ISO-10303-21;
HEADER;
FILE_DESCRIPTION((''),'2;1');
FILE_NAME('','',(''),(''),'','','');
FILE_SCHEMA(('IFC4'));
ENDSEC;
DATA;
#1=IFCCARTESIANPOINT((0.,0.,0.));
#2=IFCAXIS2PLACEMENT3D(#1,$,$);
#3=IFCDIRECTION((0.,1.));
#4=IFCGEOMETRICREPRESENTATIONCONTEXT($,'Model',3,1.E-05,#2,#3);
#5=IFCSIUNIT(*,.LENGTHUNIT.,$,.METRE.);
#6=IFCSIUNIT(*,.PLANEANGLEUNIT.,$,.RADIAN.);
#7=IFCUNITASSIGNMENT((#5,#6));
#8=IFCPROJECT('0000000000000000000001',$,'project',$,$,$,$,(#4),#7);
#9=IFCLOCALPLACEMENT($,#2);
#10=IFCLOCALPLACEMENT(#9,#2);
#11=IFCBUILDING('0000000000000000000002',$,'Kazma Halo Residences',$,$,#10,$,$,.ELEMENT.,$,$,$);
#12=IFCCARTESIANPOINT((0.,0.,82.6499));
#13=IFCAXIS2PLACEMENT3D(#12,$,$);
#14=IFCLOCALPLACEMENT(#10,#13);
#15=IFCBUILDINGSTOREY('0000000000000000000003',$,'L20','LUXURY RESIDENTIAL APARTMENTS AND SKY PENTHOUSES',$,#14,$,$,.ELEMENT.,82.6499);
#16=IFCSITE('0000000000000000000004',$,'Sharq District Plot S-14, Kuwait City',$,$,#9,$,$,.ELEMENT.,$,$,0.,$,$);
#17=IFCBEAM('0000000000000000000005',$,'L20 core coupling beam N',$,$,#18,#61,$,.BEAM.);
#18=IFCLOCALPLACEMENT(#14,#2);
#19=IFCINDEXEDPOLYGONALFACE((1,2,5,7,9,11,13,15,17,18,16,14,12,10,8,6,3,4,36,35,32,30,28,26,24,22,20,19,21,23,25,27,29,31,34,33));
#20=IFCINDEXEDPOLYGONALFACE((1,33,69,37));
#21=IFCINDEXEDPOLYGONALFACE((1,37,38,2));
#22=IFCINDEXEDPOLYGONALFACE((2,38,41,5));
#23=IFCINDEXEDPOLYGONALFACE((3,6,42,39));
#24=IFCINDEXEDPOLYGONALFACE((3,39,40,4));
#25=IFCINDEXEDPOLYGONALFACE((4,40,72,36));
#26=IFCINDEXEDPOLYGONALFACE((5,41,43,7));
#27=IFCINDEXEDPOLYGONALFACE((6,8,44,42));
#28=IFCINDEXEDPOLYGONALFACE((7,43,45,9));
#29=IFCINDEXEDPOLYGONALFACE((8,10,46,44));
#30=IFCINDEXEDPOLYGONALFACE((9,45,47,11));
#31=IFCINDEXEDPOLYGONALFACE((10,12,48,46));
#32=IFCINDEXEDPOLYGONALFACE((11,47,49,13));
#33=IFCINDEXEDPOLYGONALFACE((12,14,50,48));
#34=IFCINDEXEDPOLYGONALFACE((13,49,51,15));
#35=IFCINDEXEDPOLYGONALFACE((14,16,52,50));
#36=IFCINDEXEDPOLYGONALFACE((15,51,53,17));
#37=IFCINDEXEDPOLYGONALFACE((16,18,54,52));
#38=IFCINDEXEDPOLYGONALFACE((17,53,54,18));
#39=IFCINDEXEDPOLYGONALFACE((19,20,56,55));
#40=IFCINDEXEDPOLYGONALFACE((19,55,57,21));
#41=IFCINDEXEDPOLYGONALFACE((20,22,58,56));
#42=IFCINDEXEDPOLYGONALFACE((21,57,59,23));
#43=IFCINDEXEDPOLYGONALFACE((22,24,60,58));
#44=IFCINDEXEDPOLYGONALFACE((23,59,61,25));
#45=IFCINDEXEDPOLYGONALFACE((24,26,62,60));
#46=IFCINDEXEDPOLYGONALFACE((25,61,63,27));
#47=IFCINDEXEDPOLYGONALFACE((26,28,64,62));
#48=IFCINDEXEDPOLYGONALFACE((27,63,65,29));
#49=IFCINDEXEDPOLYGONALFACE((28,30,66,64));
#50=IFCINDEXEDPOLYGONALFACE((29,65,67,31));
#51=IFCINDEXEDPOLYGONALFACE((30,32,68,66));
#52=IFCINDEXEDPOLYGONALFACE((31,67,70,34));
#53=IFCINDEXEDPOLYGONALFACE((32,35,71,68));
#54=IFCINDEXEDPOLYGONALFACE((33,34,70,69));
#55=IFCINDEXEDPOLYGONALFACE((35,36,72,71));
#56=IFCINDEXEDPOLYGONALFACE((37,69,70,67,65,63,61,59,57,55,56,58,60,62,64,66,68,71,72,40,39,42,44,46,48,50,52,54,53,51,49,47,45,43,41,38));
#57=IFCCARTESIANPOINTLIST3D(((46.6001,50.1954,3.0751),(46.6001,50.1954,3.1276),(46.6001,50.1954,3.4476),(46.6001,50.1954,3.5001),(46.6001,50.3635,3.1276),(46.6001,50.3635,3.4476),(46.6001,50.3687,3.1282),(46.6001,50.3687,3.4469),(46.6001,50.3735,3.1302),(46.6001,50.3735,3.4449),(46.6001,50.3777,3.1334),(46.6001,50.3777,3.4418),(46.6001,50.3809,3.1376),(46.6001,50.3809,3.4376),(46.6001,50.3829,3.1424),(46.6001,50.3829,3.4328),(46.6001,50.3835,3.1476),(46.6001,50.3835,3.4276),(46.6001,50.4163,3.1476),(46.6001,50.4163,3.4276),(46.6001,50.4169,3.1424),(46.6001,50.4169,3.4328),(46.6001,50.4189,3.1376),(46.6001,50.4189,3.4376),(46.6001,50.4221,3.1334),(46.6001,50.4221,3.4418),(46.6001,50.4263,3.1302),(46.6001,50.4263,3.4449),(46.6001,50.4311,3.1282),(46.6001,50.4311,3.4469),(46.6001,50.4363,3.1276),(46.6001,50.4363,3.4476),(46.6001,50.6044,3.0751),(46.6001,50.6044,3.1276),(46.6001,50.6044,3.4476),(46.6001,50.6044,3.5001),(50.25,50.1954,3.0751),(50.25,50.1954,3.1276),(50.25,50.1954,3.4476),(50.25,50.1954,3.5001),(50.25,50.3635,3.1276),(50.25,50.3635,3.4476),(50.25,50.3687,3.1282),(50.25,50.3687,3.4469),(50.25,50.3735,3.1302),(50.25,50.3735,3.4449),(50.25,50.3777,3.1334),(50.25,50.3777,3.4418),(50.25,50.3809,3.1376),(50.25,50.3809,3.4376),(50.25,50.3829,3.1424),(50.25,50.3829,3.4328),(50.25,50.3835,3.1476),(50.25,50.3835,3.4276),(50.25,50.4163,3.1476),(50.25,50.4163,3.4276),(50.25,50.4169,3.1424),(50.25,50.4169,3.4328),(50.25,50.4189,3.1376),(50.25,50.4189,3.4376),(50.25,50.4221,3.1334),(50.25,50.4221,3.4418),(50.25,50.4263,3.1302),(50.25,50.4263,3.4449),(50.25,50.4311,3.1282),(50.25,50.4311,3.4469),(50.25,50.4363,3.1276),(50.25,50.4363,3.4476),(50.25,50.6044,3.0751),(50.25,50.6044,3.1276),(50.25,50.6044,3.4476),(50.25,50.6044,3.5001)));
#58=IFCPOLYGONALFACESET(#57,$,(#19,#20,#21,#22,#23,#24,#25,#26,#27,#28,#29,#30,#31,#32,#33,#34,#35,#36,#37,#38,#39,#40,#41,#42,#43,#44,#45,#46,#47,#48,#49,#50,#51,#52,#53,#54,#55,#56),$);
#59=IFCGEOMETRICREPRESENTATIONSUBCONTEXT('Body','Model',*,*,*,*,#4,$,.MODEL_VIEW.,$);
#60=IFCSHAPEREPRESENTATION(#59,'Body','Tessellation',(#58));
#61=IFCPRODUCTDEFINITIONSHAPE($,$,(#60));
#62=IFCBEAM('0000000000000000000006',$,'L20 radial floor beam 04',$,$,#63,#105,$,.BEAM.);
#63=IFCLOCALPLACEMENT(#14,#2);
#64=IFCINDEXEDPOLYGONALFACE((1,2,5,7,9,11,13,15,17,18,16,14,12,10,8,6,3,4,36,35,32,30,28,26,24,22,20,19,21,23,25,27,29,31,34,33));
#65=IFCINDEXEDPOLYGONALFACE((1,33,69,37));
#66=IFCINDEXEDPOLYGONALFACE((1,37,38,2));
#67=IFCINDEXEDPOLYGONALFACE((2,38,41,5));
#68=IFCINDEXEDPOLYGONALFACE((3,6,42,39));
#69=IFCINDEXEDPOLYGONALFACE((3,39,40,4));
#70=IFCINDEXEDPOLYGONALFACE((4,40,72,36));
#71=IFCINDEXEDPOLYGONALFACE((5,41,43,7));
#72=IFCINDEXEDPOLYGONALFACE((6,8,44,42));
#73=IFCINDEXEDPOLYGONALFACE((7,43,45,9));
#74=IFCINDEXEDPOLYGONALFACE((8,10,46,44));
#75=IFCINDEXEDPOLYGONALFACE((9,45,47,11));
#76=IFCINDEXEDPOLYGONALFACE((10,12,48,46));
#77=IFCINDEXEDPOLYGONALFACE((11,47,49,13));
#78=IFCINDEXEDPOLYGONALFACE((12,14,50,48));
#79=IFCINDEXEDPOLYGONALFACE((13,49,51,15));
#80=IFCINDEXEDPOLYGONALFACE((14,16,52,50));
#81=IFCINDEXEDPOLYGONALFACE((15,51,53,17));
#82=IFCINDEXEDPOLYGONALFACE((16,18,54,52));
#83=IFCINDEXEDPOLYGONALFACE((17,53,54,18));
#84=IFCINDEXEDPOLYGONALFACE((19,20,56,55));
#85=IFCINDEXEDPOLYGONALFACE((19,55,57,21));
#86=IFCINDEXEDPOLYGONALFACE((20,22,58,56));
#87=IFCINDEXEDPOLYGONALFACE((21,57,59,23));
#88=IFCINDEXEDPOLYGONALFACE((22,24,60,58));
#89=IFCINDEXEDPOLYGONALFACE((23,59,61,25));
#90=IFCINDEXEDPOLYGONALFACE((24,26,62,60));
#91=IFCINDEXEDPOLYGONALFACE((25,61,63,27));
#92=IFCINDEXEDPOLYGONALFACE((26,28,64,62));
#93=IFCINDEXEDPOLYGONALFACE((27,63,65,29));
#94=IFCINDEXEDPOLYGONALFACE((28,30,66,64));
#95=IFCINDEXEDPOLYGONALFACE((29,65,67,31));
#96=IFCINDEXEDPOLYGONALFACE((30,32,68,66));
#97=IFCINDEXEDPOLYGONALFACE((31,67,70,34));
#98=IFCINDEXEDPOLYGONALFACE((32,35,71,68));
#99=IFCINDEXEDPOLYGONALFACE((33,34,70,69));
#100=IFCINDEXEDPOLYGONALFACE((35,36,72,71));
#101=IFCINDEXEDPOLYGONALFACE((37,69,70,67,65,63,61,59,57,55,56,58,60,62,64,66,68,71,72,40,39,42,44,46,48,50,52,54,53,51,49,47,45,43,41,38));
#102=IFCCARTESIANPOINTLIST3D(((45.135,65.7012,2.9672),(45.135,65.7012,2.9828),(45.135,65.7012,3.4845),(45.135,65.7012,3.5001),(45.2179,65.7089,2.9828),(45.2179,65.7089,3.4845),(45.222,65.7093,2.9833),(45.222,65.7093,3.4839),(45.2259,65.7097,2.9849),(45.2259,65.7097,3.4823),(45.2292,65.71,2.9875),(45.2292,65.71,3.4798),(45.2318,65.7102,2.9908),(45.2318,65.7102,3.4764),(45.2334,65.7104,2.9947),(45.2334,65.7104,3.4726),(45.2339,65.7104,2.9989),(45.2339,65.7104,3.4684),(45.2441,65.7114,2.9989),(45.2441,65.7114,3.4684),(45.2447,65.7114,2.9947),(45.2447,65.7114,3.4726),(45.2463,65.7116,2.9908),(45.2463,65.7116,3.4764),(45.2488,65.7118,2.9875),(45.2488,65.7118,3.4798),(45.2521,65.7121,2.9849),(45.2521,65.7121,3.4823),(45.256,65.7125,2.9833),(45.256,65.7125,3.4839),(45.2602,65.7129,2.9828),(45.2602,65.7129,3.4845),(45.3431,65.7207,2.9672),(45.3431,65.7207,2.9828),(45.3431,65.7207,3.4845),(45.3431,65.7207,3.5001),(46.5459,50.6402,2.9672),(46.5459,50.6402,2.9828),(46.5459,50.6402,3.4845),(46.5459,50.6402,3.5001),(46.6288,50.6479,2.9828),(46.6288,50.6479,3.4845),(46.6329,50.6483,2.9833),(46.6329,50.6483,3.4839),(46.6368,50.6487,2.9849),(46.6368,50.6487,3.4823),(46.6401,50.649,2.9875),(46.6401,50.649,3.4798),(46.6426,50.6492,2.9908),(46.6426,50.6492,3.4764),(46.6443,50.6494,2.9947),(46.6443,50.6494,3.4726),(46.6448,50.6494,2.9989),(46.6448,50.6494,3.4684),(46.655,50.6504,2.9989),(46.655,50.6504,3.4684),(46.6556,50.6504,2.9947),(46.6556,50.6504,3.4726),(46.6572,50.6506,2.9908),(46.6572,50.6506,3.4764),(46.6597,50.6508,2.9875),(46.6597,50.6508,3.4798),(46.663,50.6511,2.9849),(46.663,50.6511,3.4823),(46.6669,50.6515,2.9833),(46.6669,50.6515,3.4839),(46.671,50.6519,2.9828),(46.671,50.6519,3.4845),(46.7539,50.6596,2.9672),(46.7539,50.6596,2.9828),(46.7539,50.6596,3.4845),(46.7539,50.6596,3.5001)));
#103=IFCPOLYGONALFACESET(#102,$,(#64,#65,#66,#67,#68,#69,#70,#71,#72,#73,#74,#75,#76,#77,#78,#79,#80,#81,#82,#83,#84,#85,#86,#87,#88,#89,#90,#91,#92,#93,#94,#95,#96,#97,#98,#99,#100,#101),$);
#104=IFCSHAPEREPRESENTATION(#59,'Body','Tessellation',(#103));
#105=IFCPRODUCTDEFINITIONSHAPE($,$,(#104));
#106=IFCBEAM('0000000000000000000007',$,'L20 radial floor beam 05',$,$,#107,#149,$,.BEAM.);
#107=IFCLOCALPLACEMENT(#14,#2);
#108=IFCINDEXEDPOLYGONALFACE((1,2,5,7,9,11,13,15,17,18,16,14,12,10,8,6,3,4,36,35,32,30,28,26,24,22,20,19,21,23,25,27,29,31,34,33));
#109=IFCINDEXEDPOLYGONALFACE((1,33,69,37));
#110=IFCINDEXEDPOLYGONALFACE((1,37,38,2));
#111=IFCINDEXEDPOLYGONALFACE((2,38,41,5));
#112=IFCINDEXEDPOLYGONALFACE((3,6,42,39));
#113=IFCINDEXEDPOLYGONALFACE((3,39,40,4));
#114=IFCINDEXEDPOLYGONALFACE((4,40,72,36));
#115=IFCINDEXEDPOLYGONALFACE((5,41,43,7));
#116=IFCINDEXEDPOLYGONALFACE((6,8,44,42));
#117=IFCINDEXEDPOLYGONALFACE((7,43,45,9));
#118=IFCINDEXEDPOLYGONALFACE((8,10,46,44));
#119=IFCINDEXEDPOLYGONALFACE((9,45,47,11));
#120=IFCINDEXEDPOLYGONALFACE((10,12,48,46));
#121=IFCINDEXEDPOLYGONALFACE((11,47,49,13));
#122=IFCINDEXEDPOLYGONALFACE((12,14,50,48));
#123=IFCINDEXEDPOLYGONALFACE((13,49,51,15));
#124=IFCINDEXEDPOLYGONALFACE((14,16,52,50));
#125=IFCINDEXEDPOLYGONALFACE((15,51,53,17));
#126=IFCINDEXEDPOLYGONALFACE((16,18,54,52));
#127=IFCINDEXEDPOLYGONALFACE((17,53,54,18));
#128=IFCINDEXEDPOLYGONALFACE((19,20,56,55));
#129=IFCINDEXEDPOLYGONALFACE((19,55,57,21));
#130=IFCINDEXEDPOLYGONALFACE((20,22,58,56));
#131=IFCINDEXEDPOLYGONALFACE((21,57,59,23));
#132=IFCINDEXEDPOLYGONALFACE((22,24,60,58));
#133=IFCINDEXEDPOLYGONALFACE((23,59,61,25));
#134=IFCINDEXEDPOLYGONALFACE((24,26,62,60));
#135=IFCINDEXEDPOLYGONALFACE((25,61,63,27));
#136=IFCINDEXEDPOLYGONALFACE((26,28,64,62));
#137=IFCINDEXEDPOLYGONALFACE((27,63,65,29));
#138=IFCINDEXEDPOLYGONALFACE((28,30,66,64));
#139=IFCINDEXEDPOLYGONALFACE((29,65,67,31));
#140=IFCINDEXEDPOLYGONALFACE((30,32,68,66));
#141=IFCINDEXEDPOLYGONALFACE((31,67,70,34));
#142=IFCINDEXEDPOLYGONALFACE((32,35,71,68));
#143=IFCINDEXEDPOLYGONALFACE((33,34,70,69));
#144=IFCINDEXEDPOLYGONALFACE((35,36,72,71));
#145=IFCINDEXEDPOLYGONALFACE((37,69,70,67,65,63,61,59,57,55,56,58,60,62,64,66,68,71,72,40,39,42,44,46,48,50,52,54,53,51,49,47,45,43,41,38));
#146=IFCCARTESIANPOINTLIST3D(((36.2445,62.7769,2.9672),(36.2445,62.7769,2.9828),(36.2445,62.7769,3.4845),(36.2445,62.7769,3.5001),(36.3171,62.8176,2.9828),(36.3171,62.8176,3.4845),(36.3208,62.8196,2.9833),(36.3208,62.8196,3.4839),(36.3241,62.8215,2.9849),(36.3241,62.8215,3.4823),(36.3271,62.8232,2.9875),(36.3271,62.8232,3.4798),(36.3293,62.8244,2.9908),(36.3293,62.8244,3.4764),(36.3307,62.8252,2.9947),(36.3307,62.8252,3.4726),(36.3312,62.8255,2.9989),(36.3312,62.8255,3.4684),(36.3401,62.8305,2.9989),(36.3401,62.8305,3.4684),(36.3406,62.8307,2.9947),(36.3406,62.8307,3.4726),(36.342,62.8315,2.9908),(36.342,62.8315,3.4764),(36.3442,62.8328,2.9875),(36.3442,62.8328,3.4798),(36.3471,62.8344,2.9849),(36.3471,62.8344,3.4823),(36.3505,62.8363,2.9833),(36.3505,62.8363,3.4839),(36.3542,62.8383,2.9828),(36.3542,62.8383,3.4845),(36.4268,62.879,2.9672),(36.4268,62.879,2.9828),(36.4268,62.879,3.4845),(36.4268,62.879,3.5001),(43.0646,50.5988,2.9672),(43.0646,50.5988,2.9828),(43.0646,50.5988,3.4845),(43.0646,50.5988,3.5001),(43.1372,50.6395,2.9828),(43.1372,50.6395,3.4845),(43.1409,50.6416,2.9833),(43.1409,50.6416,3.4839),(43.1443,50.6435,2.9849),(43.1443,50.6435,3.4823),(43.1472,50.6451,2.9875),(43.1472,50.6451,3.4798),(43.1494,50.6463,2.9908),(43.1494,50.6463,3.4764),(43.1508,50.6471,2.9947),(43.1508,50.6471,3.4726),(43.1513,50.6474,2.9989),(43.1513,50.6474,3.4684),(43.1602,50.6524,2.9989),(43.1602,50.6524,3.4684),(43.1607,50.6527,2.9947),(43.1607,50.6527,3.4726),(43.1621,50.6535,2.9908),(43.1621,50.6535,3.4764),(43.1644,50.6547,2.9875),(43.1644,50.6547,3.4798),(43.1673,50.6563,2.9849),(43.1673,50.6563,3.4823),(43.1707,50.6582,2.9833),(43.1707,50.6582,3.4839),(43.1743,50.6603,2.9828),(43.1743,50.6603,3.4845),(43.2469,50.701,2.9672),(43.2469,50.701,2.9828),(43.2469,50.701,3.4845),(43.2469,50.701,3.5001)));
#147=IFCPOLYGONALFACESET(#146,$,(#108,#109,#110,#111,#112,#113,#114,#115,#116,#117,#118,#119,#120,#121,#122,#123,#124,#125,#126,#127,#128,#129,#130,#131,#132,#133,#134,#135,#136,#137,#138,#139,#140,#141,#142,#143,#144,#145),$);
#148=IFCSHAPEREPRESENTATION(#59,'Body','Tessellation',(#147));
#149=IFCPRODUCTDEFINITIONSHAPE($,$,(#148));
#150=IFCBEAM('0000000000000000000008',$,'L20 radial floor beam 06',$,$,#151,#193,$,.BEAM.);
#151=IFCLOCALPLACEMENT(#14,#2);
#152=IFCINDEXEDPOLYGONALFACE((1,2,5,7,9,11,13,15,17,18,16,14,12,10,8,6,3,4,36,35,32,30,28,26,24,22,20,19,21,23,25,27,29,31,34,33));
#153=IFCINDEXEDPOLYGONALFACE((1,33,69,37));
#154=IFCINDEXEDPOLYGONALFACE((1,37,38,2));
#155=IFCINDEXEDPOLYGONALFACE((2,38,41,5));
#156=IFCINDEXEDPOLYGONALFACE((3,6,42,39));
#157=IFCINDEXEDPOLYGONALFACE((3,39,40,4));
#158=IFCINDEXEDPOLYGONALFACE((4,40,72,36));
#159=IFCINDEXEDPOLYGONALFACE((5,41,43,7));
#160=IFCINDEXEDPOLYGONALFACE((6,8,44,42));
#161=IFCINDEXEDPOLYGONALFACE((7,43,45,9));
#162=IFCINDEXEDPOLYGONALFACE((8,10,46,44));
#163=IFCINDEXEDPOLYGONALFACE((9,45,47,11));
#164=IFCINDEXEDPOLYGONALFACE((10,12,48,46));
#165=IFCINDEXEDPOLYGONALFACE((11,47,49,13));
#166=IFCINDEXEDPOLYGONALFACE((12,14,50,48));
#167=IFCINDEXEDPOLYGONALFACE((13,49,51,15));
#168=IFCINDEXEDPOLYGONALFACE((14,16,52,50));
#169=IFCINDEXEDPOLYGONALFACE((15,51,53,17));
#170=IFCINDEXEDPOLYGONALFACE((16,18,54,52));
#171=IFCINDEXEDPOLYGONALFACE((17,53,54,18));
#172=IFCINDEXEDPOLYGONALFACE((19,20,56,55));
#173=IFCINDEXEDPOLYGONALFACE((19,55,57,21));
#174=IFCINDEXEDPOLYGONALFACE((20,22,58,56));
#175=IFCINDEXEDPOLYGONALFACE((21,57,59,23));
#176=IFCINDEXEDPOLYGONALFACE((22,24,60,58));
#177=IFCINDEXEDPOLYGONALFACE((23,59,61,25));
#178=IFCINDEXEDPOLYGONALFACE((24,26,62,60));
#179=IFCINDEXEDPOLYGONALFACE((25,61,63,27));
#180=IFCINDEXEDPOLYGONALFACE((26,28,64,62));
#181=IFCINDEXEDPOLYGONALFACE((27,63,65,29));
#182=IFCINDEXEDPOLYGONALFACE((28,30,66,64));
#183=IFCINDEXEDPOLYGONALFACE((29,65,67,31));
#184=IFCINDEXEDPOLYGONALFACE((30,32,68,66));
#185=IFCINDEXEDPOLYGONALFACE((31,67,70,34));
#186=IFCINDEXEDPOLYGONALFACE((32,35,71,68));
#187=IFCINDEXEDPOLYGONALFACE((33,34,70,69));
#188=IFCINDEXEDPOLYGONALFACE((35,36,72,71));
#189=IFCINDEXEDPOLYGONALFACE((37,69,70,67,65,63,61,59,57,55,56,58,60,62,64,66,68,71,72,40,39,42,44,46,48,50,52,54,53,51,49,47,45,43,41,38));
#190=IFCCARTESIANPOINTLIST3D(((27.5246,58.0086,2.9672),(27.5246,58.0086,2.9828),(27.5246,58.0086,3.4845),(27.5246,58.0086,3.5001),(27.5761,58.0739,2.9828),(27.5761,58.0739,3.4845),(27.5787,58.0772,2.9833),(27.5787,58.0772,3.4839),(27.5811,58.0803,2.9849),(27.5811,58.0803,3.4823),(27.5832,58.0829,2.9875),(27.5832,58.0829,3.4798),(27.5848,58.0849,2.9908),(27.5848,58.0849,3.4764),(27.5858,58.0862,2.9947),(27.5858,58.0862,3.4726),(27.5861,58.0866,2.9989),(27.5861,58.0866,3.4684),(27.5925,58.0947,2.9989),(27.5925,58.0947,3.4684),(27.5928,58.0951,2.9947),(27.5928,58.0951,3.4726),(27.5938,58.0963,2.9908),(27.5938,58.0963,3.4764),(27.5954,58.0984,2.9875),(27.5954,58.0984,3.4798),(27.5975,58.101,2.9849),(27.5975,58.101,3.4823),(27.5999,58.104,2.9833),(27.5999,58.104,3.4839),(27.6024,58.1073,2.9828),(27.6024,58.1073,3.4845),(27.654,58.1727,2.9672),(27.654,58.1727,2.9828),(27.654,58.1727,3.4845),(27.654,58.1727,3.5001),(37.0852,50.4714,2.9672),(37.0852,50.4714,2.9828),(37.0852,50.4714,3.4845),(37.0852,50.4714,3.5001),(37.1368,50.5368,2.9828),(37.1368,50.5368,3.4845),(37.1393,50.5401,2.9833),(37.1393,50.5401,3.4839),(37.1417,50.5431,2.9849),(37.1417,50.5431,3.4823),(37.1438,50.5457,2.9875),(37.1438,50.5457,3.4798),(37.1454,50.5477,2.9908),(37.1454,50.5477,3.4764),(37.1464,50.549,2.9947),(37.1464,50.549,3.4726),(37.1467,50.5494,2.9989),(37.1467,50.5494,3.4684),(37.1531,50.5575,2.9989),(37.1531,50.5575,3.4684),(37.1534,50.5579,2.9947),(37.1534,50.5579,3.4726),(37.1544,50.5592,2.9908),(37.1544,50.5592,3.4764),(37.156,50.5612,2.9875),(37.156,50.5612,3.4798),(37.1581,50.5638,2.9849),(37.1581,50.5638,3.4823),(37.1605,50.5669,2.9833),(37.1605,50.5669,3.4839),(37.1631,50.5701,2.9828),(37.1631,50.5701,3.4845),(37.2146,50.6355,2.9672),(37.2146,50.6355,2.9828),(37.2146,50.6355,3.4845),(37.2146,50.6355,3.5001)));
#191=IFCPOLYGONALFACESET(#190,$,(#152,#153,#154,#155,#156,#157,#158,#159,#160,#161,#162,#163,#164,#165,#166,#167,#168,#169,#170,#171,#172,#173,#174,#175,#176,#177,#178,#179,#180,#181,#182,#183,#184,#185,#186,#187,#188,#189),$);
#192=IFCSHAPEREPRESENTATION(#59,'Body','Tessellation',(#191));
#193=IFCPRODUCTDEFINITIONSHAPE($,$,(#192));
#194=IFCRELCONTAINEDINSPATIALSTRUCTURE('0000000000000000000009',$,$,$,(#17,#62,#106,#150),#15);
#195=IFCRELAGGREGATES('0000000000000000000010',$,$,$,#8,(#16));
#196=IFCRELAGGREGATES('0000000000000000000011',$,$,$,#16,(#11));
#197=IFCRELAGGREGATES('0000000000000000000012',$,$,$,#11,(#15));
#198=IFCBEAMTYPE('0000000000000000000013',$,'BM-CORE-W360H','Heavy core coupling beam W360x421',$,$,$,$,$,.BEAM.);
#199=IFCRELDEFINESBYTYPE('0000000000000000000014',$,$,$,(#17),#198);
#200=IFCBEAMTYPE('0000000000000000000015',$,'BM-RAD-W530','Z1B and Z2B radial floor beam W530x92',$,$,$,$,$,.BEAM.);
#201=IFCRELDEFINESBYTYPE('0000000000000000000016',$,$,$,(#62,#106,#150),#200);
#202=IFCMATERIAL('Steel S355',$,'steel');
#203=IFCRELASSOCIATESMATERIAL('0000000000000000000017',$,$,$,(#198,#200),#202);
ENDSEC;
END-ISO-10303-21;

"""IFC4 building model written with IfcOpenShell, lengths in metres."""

from ifc_helpers import new_model, si_unit, direction, frame, origin, origin_2d, place, context, subcontext, project, spatial, i_section, extrude, material, material_profile, profile_set, type_object, element, save


model = new_model("IFC4")

# Units and contexts
model_context = context("Model", 3, precision=1e-05, world=origin(), true_north=direction((0.0, 1.0)))
body_context = subcontext(model_context, "Body", "Model", "MODEL_VIEW")
ifc_project = project(units=[si_unit("LENGTHUNIT", "METRE"), si_unit("PLANEANGLEUNIT", "RADIAN")], contexts=[model_context])

# Site, building, storey
site_placement = place(None, origin())
site = spatial("IfcSite", under=ifc_project, at=site_placement, Name="Sharq District Plot S-14, Kuwait City", CompositionType="ELEMENT", RefElevation=0.0)
building_placement = place(site_placement, origin())
building = spatial("IfcBuilding", under=site, at=building_placement, Name="Kazma Halo Residences", CompositionType="ELEMENT")
storey_placement = place(building_placement, frame((0.0, 0.0, 82.6499)))
storey = spatial("IfcBuildingStorey", under=building, at=storey_placement, Name="L20", Description="LUXURY RESIDENTIAL APARTMENTS AND SKY PENTHOUSES", CompositionType="ELEMENT", Elevation=82.6499)

# Beams
ifc_material_1 = material(Name="Steel S355", Category="steel")
ifc_material_profile_1 = material_profile(ifc_material_1, i_section(OverallWidth=0.4089, OverallDepth=0.425, WebThickness=0.0327, FlangeThickness=0.0525, FilletRadius=0.02, at=origin_2d()), Name="W360x421")
ifc_profile_set_1 = profile_set([ifc_material_profile_1], Name="Steel S355")
beam_type_1 = type_object("IfcBeamType", Name="BM-CORE-W360H", Description="Heavy core coupling beam W360x421", PredefinedType="BEAM", material=ifc_profile_set_1)
beam_1_placement = place(storey_placement, frame((46.6001, 50.3999, 3.2876), z_axis=(1.0, 0.0, 0.0), x_axis=(0.0, 1.0, 0.0)))
element("IfcBeam", 1, at=beam_1_placement, inside=storey, type_object=beam_type_1, Name="L20 core coupling beam N", PredefinedType="BEAM", context=body_context, shape_type="SweptSolid", body=[
    extrude(i_section(OverallWidth=0.4089, OverallDepth=0.425, WebThickness=0.0327, FlangeThickness=0.0525, FilletRadius=0.02, at=origin_2d()), origin(), (0.0, 0.0, 1.0), 3.6499),
])
ifc_material_profile_2 = material_profile(ifc_material_1, i_section(OverallWidth=0.209, OverallDepth=0.533, WebThickness=0.0103, FlangeThickness=0.0156, FilletRadius=0.0161, at=origin_2d()), Name="W530x92")
ifc_profile_set_2 = profile_set([ifc_material_profile_2], Name="Steel S355")
beam_type_2 = type_object("IfcBeamType", Name="BM-RAD-W530", Description="Z1B and Z2B radial floor beam W530x92", PredefinedType="BEAM", material=ifc_profile_set_2)
beam_2_placement = place(storey_placement, frame((46.6499, 50.6499, 3.2336), z_axis=(-0.09327, 0.995641, 0.0), x_axis=(-0.995641, -0.09327, 0.0)))
element("IfcBeam", 2, at=beam_2_placement, inside=storey, type_object=beam_type_2, Name="L20 radial floor beam 04", PredefinedType="BEAM", context=body_context, shape_type="SweptSolid", body=[
    extrude(i_section(OverallWidth=0.209, OverallDepth=0.533, WebThickness=0.0103, FlangeThickness=0.0156, FilletRadius=0.0161, at=origin_2d()), origin(), (0.0, 0.0, 1.0), 15.127),
])
beam_3_placement = place(storey_placement, frame((43.1558, 50.6499, 3.2336), z_axis=(-0.488625, 0.872494, 0.0), x_axis=(-0.872494, -0.488625, 0.0)))
element("IfcBeam", 3, at=beam_3_placement, inside=storey, type_object=beam_type_2, Name="L20 radial floor beam 05", PredefinedType="BEAM", context=body_context, shape_type="SweptSolid", body=[
    extrude(i_section(OverallWidth=0.209, OverallDepth=0.533, WebThickness=0.0103, FlangeThickness=0.0156, FilletRadius=0.0161, at=origin_2d()), origin(), (0.0, 0.0, 1.0), 13.9578),
])
beam_4_placement = place(storey_placement, frame((37.1499, 50.5535, 3.2336), z_axis=(-0.78531, 0.619103, 0.0), x_axis=(-0.619103, -0.78531, 0.0)))
element("IfcBeam", 4, at=beam_4_placement, inside=storey, type_object=beam_type_2, Name="L20 radial floor beam 06", PredefinedType="BEAM", context=body_context, shape_type="SweptSolid", body=[
    extrude(i_section(OverallWidth=0.209, OverallDepth=0.533, WebThickness=0.0103, FlangeThickness=0.0156, FilletRadius=0.0161, at=origin_2d()), origin(), (0.0, 0.0, 1.0), 12.1743),
])

save(model, "model.ifc")
